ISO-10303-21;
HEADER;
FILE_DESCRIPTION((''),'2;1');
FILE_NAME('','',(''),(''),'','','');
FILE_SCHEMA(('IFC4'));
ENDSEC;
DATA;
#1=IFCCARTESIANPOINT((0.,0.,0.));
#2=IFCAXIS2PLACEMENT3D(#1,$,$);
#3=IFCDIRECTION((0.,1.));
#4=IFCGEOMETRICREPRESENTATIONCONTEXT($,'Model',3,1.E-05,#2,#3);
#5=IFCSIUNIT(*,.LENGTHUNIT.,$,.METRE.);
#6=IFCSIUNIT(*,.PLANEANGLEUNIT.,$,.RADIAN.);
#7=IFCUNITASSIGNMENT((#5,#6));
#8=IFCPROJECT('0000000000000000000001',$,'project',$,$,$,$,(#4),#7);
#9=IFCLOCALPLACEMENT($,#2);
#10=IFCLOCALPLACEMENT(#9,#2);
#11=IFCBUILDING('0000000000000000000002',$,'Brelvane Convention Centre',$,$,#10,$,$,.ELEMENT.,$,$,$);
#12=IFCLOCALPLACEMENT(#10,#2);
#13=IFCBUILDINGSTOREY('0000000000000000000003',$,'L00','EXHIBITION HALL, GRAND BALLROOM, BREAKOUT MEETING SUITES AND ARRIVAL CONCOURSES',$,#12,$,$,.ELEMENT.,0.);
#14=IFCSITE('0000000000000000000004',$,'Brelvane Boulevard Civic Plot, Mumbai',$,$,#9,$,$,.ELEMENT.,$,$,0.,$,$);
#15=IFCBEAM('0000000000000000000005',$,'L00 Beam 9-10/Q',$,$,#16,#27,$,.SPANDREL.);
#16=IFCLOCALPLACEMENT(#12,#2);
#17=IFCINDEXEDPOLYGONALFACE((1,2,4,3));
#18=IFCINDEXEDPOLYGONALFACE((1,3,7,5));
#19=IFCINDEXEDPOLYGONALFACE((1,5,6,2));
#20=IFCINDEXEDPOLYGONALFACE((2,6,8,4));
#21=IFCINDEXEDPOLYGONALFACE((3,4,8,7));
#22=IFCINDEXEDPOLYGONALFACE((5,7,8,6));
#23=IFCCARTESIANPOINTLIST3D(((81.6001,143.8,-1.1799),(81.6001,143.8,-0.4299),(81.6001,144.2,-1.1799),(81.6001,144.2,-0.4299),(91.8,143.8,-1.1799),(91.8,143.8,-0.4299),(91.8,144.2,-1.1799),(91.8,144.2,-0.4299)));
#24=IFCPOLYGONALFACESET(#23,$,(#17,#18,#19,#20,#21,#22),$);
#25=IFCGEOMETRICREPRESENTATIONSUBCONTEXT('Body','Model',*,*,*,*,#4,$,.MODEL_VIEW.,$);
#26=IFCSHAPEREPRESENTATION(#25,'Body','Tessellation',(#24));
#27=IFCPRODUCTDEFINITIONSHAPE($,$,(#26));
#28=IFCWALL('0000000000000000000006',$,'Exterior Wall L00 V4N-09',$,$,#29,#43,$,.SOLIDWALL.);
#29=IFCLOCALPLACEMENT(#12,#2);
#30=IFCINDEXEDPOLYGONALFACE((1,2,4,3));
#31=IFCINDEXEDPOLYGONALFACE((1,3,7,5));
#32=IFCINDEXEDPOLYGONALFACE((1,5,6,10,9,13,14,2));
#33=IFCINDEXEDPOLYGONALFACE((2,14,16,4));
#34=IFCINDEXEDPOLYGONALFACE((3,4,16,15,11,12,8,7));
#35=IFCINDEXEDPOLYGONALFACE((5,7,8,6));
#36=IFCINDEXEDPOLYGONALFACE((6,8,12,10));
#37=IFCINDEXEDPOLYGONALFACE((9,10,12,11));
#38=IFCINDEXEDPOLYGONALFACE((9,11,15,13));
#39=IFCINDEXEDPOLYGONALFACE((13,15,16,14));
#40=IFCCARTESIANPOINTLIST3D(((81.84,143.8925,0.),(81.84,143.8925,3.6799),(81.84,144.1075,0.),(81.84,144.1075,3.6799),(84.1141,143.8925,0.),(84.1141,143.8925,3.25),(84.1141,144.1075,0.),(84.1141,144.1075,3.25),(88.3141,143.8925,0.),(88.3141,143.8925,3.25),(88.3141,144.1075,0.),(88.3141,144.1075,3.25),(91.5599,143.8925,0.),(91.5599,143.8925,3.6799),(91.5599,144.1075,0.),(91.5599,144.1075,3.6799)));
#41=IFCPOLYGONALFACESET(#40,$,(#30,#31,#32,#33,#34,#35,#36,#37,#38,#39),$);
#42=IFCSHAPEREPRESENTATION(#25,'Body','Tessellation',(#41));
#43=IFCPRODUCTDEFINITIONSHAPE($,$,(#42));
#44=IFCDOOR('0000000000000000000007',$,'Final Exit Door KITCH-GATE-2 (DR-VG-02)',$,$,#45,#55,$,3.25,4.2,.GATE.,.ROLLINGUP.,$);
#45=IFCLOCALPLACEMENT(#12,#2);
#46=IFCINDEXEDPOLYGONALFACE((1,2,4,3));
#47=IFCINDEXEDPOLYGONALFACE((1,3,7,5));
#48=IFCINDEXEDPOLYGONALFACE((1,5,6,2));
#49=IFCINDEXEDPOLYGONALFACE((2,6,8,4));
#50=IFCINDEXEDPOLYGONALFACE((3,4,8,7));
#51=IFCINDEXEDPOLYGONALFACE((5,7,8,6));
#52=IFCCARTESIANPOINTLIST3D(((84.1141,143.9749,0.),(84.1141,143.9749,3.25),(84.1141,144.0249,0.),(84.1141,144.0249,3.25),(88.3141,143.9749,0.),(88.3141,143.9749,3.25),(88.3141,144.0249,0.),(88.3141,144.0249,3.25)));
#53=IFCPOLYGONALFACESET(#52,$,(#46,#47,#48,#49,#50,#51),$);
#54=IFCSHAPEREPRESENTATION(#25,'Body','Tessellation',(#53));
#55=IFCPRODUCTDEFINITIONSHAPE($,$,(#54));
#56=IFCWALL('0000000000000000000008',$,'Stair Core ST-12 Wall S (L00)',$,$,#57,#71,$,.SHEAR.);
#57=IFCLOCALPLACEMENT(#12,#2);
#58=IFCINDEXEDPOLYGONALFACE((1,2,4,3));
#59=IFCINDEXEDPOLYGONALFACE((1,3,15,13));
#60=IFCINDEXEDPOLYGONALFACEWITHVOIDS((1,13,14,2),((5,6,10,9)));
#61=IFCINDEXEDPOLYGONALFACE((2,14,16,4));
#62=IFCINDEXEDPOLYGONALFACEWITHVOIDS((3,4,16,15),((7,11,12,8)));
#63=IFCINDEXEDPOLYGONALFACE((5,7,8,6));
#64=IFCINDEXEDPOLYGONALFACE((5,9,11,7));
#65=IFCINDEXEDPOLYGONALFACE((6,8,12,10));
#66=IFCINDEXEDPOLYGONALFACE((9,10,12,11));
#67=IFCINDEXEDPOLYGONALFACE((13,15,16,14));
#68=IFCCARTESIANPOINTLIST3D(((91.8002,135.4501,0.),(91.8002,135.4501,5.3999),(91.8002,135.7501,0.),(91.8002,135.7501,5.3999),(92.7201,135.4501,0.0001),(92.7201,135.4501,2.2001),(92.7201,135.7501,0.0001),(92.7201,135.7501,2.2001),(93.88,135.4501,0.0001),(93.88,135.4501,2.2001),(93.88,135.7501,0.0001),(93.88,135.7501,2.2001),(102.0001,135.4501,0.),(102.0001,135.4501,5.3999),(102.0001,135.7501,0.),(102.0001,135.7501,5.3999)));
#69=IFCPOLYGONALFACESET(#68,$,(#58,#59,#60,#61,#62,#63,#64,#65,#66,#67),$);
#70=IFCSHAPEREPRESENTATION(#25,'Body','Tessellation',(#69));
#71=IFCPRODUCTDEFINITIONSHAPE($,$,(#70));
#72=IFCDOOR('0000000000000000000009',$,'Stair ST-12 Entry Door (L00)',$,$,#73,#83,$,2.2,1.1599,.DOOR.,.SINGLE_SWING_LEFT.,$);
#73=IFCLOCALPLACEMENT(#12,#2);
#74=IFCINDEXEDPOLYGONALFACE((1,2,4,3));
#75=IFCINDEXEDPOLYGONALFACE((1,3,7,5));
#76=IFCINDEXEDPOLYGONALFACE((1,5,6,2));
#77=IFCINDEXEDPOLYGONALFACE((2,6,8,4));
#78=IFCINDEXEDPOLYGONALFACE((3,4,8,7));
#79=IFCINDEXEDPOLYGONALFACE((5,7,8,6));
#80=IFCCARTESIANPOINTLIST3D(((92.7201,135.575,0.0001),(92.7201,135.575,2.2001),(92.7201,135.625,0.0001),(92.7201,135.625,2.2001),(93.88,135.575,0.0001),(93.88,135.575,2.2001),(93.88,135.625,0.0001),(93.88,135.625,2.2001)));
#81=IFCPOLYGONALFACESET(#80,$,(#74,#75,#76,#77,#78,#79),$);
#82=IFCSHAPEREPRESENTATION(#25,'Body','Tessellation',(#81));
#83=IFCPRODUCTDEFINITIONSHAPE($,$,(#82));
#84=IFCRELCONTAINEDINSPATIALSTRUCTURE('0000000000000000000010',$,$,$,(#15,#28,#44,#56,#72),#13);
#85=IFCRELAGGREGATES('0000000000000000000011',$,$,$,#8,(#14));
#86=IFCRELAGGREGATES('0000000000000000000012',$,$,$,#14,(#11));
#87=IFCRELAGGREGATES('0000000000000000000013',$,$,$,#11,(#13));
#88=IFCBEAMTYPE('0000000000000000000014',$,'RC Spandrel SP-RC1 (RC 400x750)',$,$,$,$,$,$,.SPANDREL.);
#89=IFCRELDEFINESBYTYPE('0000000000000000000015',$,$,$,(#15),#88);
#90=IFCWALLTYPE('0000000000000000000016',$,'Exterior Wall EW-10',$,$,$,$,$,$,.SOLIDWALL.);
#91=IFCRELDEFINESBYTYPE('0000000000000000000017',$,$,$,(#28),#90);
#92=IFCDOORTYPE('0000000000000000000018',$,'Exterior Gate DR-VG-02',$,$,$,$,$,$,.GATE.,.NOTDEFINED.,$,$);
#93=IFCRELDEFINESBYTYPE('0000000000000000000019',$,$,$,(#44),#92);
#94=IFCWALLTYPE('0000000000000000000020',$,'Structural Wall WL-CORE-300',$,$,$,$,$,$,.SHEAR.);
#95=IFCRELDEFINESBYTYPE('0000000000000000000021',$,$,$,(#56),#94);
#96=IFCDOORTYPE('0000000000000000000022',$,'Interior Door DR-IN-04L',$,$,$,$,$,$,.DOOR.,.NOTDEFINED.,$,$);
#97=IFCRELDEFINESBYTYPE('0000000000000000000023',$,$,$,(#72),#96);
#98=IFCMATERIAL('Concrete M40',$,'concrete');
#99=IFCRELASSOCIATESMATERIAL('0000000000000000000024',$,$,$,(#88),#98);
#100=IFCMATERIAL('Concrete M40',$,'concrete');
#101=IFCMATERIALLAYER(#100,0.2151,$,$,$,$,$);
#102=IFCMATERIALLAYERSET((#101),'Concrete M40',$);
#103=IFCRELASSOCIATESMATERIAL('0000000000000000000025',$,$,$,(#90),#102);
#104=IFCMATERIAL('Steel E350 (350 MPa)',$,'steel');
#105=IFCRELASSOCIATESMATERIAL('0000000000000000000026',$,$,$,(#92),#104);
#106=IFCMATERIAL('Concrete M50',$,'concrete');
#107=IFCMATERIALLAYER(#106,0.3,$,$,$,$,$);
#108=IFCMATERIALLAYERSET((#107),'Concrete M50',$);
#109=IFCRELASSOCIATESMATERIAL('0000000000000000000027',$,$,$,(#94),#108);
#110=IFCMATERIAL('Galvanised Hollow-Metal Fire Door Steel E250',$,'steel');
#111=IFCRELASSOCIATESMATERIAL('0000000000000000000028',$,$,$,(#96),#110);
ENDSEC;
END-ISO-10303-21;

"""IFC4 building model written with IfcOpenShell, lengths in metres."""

from ifc_helpers import new_model, si_unit, direction, frame, frame_2d, origin, origin_2d, place, context, subcontext, project, spatial, rectangle, extrude, material, layer, layer_set, material_profile, profile_set, type_object, element, fill, save


model = new_model("IFC4")

# Units and contexts
model_context = context("Model", 3, precision=1e-05, world=origin(), true_north=direction((0.0, 1.0)))
body_context = subcontext(model_context, "Body", "Model", "MODEL_VIEW")
ifc_project = project(units=[si_unit("LENGTHUNIT", "METRE"), si_unit("PLANEANGLEUNIT", "RADIAN")], contexts=[model_context])

# Site, building, storey
site_placement = place(None, origin())
site = spatial("IfcSite", under=ifc_project, at=site_placement, Name="Brelvane Boulevard Civic Plot, Mumbai", CompositionType="ELEMENT", RefElevation=0.0)
building_placement = place(site_placement, origin())
building = spatial("IfcBuilding", under=site, at=building_placement, Name="Brelvane Convention Centre", CompositionType="ELEMENT")
storey_placement = place(building_placement, origin())
storey = spatial("IfcBuildingStorey", under=building, at=storey_placement, Name="L00", Description="EXHIBITION HALL, GRAND BALLROOM, BREAKOUT MEETING SUITES AND ARRIVAL CONCOURSES", CompositionType="ELEMENT", Elevation=0.0)

# Beam
ifc_material_1 = material(Name="Concrete M40", Category="concrete")
ifc_material_profile_1 = material_profile(ifc_material_1, rectangle(XDim=0.3999, YDim=0.75, at=origin_2d()), Name="RC 400x750")
ifc_profile_set_1 = profile_set([ifc_material_profile_1], Name="Concrete M40")
beam_type_1 = type_object("IfcBeamType", Name="RC Spandrel SP-RC1 (RC 400x750)", PredefinedType="SPANDREL", material=ifc_profile_set_1)
beam_1_placement = place(storey_placement, frame((81.6001, 144.0, -0.8049), z_axis=(1.0, 0.0, 0.0), x_axis=(0.0, 1.0, 0.0)))
element("IfcBeam", 1, at=beam_1_placement, inside=storey, type_object=beam_type_1, Name="L00 Beam 9-10/Q", PredefinedType="SPANDREL", context=body_context, shape_type="SweptSolid", body=[
    extrude(rectangle(XDim=0.3999, YDim=0.75, at=origin_2d()), origin(), (0.0, 0.0, 1.0), 10.2),
])

# Walls, openings, doors
ifc_material_2 = material(Name="Concrete M40", Category="concrete")
ifc_layer_1 = layer(ifc_material_2, 0.2151)
ifc_layer_set_1 = layer_set([ifc_layer_1], Name="Concrete M40")
wall_type_1 = type_object("IfcWallType", Name="Exterior Wall EW-10", PredefinedType="SOLIDWALL", material=ifc_layer_set_1)
wall_1_placement = place(storey_placement, frame((81.8401, 144.0, 0.0), z_axis=(0.0, 0.0, 1.0), x_axis=(1.0, 0.0, 0.0)))
wall_1 = element("IfcWall", 2, at=wall_1_placement, inside=storey, type_object=wall_type_1, Name="Exterior Wall L00 V4N-09", PredefinedType="SOLIDWALL", context=body_context, shape_type="SweptSolid", body=[
    extrude(rectangle(XDim=9.72, YDim=0.2151, at=frame_2d((4.8599, 0.0))), origin(), (0.0, 0.0, 1.0), 3.6799),
])
opening_1_placement = place(wall_1_placement, frame((2.2739, 0.0, 0.0)))
opening_1 = element("IfcOpeningElement", 3, at=opening_1_placement, cuts=wall_1, PredefinedType="OPENING", context=body_context, shape_type="SweptSolid", body=[
    extrude(rectangle(XDim=4.2, YDim=3.25, at=frame_2d((2.1001, 1.625))), frame((0.0, 0.1174, 0.0), z_axis=(0.0, -1.0, 0.0), x_axis=(1.0, 0.0, 0.0)), (0.0, 0.0, 1.0), 0.2351),
])
ifc_material_3 = material(Name="Steel E350 (350 MPa)", Category="steel")
door_type_1 = type_object("IfcDoorType", Name="Exterior Gate DR-VG-02", OperationType="NOTDEFINED", PredefinedType="GATE", material=ifc_material_3)
door_1_placement = place(opening_1_placement, origin())
door_1 = element("IfcDoor", 4, at=door_1_placement, inside=storey, type_object=door_type_1, Name="Final Exit Door KITCH-GATE-2 (DR-VG-02)", OperationType="ROLLINGUP", OverallHeight=3.25, OverallWidth=4.2, PredefinedType="GATE", context=body_context, shape_type="SweptSolid", body=[
    extrude(rectangle(XDim=4.2, YDim=3.25, at=frame_2d((2.1001, 1.625))), frame((0.0, 0.0249, 0.0), z_axis=(0.0, -1.0, 0.0), x_axis=(1.0, 0.0, 0.0)), (0.0, 0.0, 1.0), 0.05),
])
fill(opening_1, door_1)
ifc_material_4 = material(Name="Concrete M50", Category="concrete")
ifc_layer_2 = layer(ifc_material_4, 0.3)
ifc_layer_set_2 = layer_set([ifc_layer_2], Name="Concrete M50")
wall_type_2 = type_object("IfcWallType", Name="Structural Wall WL-CORE-300", PredefinedType="SHEAR", material=ifc_layer_set_2)
wall_2_placement = place(storey_placement, frame((91.8, 135.6001, 0.0), z_axis=(0.0, 0.0, 1.0), x_axis=(1.0, 0.0, 0.0)))
wall_2 = element("IfcWall", 5, at=wall_2_placement, inside=storey, type_object=wall_type_2, Name="Stair Core ST-12 Wall S (L00)", PredefinedType="SHEAR", context=body_context, shape_type="SweptSolid", body=[
    extrude(rectangle(XDim=10.2, YDim=0.3, at=frame_2d((5.1001, 0.0))), origin(), (0.0, 0.0, 1.0), 5.3999),
])
opening_2_placement = place(wall_2_placement, frame((0.9199, 0.0, 0.0)))
opening_2 = element("IfcOpeningElement", 6, at=opening_2_placement, cuts=wall_2, PredefinedType="OPENING", context=body_context, shape_type="SweptSolid", body=[
    extrude(rectangle(XDim=1.1599, YDim=2.2, at=frame_2d((0.5801, 1.1001))), frame((0.0, 0.1599, 0.0), z_axis=(0.0, -1.0, 0.0), x_axis=(1.0, 0.0, 0.0)), (0.0, 0.0, 1.0), 0.3201),
])
ifc_material_5 = material(Name="Galvanised Hollow-Metal Fire Door Steel E250", Category="steel")
door_type_2 = type_object("IfcDoorType", Name="Interior Door DR-IN-04L", OperationType="NOTDEFINED", PredefinedType="DOOR", material=ifc_material_5)
door_2_placement = place(opening_2_placement, origin())
door_2 = element("IfcDoor", 7, at=door_2_placement, inside=storey, type_object=door_type_2, Name="Stair ST-12 Entry Door (L00)", OperationType="SINGLE_SWING_LEFT", OverallHeight=2.2, OverallWidth=1.1599, PredefinedType="DOOR", context=body_context, shape_type="SweptSolid", body=[
    extrude(rectangle(XDim=1.1599, YDim=2.2, at=frame_2d((0.5801, 1.1001))), frame((0.0, 0.0249, 0.0), z_axis=(0.0, -1.0, 0.0), x_axis=(1.0, 0.0, 0.0)), (0.0, 0.0, 1.0), 0.05),
])
fill(opening_2, door_2)

save(model, "model.ifc")
